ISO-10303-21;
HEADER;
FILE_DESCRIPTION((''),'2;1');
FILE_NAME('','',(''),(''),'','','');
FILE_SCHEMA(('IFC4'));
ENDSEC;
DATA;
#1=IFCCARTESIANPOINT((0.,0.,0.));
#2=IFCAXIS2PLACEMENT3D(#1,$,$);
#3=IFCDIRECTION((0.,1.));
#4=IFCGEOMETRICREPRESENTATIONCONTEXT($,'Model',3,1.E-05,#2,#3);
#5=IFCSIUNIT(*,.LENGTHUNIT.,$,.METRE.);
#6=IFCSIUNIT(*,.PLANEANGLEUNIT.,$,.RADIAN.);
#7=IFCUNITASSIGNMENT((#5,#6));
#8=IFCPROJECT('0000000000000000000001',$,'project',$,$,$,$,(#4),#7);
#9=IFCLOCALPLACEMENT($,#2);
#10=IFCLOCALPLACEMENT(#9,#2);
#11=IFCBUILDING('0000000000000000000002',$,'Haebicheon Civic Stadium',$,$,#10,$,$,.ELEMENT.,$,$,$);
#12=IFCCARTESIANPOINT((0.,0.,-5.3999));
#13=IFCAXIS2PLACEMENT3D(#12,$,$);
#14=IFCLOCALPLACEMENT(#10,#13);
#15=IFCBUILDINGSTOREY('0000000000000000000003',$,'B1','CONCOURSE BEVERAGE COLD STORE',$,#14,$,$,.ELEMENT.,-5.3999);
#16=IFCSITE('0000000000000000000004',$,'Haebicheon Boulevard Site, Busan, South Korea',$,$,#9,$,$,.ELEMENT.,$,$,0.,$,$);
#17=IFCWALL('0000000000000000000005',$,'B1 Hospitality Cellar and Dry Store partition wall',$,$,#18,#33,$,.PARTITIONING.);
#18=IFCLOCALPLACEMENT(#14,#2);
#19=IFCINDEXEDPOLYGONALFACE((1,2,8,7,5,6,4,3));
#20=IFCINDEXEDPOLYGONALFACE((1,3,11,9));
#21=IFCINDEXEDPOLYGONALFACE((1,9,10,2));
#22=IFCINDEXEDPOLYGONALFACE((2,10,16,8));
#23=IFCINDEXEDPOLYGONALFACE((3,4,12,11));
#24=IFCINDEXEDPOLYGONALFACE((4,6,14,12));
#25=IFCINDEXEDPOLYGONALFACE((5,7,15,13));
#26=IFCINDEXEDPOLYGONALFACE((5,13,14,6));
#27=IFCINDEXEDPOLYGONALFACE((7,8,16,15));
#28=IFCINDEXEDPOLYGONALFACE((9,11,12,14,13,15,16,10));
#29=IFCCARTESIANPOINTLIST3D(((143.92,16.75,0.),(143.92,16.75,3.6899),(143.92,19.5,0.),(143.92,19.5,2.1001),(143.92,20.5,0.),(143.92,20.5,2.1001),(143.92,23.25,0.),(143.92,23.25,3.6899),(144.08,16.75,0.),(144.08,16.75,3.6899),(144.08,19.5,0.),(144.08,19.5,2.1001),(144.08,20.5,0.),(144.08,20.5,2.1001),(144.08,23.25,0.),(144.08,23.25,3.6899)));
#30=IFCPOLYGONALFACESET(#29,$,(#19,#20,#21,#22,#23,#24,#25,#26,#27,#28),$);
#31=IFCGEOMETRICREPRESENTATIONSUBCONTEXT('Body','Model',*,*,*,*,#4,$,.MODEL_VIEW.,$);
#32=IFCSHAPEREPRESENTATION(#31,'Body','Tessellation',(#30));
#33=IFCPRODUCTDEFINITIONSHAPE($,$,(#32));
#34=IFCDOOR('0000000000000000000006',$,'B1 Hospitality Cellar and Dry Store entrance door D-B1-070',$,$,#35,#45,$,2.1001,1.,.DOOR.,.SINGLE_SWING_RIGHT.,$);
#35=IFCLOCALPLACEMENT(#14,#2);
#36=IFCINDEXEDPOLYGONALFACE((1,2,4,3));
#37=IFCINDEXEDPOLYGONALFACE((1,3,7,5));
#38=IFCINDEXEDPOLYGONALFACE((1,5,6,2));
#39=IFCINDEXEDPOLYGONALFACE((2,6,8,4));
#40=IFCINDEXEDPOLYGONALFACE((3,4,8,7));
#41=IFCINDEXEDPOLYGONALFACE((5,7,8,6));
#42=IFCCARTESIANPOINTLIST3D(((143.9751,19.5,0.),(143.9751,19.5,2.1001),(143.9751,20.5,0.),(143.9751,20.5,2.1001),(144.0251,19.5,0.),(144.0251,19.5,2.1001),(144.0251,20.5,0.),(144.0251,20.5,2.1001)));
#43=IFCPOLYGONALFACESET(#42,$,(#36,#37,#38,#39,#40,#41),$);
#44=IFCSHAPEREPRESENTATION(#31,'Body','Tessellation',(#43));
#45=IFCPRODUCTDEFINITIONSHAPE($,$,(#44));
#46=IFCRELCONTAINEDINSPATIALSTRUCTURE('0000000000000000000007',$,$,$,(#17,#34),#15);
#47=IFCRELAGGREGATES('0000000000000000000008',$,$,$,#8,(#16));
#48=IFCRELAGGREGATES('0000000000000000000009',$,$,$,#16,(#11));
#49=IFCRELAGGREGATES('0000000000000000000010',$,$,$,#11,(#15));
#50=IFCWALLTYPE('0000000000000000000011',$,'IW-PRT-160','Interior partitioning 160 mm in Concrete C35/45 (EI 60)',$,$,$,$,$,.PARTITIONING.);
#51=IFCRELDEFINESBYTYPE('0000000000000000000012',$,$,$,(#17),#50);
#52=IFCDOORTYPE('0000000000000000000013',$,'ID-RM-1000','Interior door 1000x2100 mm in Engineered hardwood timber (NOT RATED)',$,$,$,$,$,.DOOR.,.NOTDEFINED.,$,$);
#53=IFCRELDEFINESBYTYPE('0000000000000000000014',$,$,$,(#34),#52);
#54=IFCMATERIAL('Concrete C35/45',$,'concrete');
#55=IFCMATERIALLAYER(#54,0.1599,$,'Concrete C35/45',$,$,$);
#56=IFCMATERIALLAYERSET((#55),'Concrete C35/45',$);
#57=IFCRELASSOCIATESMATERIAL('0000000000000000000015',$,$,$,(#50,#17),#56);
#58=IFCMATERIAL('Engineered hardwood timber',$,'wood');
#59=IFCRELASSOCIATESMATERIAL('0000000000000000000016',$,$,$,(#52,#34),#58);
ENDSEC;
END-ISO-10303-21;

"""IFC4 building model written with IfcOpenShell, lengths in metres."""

from ifc_helpers import new_model, si_unit, direction, frame, frame_2d, origin, place, context, subcontext, project, spatial, rectangle, extrude, material, layer, layer_set, type_object, element, fill, save


model = new_model("IFC4")

# Units and contexts
model_context = context("Model", 3, precision=1e-05, world=origin(), true_north=direction((0.0, 1.0)))
body_context = subcontext(model_context, "Body", "Model", "MODEL_VIEW")
ifc_project = project(units=[si_unit("LENGTHUNIT", "METRE"), si_unit("PLANEANGLEUNIT", "RADIAN")], contexts=[model_context])

# Site, building, storey
site_placement = place(None, origin())
site = spatial("IfcSite", under=ifc_project, at=site_placement, Name="Haebicheon Boulevard Site, Busan, South Korea", CompositionType="ELEMENT", RefElevation=0.0)
building_placement = place(site_placement, origin())
building = spatial("IfcBuilding", under=site, at=building_placement, Name="Haebicheon Civic Stadium", CompositionType="ELEMENT")
storey_placement = place(building_placement, frame((0.0, 0.0, -5.3999)))
storey = spatial("IfcBuildingStorey", under=building, at=storey_placement, Name="B1", Description="CONCOURSE BEVERAGE COLD STORE", CompositionType="ELEMENT", Elevation=-5.3999)

# Wall, opening, door
ifc_material_1 = material(Name="Concrete C35/45", Category="concrete")
ifc_layer_1 = layer(ifc_material_1, 0.1599, Name="Concrete C35/45")
ifc_layer_set_1 = layer_set([ifc_layer_1], Name="Concrete C35/45")
wall_type = type_object("IfcWallType", Name="IW-PRT-160", Description="Interior partitioning 160 mm in Concrete C35/45 (EI 60)", PredefinedType="PARTITIONING", material=ifc_layer_set_1)
wall_placement = place(storey_placement, frame((144.0, 16.75, 0.0), z_axis=(0.0, 0.0, 1.0), x_axis=(0.0, 1.0, 0.0)))
wall = element("IfcWall", 1, at=wall_placement, inside=storey, type_object=wall_type, material=ifc_layer_set_1, Name="B1 Hospitality Cellar and Dry Store partition wall", PredefinedType="PARTITIONING", context=body_context, shape_type="SweptSolid", body=[
    extrude(rectangle(XDim=6.5, YDim=0.1599, at=frame_2d((3.25, 0.0))), origin(), (0.0, 0.0, 1.0), 3.6899),
])
opening_placement = place(wall_placement, frame((2.75, 0.0, 0.0)))
opening = element("IfcOpeningElement", 2, at=opening_placement, cuts=wall, PredefinedType="OPENING", context=body_context, shape_type="SweptSolid", body=[
    extrude(rectangle(XDim=1.0, YDim=2.1001, at=frame_2d((0.5, 1.05))), frame((0.0, 0.0898, 0.0), z_axis=(0.0, -1.0, 0.0), x_axis=(1.0, 0.0, 0.0)), (0.0, 0.0, 1.0), 0.1799),
])
ifc_material_2 = material(Name="Engineered hardwood timber", Category="wood")
door_type = type_object("IfcDoorType", Name="ID-RM-1000", Description="Interior door 1000x2100 mm in Engineered hardwood timber (NOT RATED)", OperationType="NOTDEFINED", PredefinedType="DOOR", material=ifc_material_2)
door_placement = place(opening_placement, origin())
door = element("IfcDoor", 3, at=door_placement, inside=storey, type_object=door_type, material=ifc_material_2, Name="B1 Hospitality Cellar and Dry Store entrance door D-B1-070", OperationType="SINGLE_SWING_RIGHT", OverallHeight=2.1001, OverallWidth=1.0, PredefinedType="DOOR", context=body_context, shape_type="SweptSolid", body=[
    extrude(rectangle(XDim=1.0, YDim=2.1001, at=frame_2d((0.5, 1.05))), frame((0.0, 0.0249, 0.0), z_axis=(0.0, -1.0, 0.0), x_axis=(1.0, 0.0, 0.0)), (0.0, 0.0, 1.0), 0.05),
])
fill(opening, door)

save(model, "model.ifc")
